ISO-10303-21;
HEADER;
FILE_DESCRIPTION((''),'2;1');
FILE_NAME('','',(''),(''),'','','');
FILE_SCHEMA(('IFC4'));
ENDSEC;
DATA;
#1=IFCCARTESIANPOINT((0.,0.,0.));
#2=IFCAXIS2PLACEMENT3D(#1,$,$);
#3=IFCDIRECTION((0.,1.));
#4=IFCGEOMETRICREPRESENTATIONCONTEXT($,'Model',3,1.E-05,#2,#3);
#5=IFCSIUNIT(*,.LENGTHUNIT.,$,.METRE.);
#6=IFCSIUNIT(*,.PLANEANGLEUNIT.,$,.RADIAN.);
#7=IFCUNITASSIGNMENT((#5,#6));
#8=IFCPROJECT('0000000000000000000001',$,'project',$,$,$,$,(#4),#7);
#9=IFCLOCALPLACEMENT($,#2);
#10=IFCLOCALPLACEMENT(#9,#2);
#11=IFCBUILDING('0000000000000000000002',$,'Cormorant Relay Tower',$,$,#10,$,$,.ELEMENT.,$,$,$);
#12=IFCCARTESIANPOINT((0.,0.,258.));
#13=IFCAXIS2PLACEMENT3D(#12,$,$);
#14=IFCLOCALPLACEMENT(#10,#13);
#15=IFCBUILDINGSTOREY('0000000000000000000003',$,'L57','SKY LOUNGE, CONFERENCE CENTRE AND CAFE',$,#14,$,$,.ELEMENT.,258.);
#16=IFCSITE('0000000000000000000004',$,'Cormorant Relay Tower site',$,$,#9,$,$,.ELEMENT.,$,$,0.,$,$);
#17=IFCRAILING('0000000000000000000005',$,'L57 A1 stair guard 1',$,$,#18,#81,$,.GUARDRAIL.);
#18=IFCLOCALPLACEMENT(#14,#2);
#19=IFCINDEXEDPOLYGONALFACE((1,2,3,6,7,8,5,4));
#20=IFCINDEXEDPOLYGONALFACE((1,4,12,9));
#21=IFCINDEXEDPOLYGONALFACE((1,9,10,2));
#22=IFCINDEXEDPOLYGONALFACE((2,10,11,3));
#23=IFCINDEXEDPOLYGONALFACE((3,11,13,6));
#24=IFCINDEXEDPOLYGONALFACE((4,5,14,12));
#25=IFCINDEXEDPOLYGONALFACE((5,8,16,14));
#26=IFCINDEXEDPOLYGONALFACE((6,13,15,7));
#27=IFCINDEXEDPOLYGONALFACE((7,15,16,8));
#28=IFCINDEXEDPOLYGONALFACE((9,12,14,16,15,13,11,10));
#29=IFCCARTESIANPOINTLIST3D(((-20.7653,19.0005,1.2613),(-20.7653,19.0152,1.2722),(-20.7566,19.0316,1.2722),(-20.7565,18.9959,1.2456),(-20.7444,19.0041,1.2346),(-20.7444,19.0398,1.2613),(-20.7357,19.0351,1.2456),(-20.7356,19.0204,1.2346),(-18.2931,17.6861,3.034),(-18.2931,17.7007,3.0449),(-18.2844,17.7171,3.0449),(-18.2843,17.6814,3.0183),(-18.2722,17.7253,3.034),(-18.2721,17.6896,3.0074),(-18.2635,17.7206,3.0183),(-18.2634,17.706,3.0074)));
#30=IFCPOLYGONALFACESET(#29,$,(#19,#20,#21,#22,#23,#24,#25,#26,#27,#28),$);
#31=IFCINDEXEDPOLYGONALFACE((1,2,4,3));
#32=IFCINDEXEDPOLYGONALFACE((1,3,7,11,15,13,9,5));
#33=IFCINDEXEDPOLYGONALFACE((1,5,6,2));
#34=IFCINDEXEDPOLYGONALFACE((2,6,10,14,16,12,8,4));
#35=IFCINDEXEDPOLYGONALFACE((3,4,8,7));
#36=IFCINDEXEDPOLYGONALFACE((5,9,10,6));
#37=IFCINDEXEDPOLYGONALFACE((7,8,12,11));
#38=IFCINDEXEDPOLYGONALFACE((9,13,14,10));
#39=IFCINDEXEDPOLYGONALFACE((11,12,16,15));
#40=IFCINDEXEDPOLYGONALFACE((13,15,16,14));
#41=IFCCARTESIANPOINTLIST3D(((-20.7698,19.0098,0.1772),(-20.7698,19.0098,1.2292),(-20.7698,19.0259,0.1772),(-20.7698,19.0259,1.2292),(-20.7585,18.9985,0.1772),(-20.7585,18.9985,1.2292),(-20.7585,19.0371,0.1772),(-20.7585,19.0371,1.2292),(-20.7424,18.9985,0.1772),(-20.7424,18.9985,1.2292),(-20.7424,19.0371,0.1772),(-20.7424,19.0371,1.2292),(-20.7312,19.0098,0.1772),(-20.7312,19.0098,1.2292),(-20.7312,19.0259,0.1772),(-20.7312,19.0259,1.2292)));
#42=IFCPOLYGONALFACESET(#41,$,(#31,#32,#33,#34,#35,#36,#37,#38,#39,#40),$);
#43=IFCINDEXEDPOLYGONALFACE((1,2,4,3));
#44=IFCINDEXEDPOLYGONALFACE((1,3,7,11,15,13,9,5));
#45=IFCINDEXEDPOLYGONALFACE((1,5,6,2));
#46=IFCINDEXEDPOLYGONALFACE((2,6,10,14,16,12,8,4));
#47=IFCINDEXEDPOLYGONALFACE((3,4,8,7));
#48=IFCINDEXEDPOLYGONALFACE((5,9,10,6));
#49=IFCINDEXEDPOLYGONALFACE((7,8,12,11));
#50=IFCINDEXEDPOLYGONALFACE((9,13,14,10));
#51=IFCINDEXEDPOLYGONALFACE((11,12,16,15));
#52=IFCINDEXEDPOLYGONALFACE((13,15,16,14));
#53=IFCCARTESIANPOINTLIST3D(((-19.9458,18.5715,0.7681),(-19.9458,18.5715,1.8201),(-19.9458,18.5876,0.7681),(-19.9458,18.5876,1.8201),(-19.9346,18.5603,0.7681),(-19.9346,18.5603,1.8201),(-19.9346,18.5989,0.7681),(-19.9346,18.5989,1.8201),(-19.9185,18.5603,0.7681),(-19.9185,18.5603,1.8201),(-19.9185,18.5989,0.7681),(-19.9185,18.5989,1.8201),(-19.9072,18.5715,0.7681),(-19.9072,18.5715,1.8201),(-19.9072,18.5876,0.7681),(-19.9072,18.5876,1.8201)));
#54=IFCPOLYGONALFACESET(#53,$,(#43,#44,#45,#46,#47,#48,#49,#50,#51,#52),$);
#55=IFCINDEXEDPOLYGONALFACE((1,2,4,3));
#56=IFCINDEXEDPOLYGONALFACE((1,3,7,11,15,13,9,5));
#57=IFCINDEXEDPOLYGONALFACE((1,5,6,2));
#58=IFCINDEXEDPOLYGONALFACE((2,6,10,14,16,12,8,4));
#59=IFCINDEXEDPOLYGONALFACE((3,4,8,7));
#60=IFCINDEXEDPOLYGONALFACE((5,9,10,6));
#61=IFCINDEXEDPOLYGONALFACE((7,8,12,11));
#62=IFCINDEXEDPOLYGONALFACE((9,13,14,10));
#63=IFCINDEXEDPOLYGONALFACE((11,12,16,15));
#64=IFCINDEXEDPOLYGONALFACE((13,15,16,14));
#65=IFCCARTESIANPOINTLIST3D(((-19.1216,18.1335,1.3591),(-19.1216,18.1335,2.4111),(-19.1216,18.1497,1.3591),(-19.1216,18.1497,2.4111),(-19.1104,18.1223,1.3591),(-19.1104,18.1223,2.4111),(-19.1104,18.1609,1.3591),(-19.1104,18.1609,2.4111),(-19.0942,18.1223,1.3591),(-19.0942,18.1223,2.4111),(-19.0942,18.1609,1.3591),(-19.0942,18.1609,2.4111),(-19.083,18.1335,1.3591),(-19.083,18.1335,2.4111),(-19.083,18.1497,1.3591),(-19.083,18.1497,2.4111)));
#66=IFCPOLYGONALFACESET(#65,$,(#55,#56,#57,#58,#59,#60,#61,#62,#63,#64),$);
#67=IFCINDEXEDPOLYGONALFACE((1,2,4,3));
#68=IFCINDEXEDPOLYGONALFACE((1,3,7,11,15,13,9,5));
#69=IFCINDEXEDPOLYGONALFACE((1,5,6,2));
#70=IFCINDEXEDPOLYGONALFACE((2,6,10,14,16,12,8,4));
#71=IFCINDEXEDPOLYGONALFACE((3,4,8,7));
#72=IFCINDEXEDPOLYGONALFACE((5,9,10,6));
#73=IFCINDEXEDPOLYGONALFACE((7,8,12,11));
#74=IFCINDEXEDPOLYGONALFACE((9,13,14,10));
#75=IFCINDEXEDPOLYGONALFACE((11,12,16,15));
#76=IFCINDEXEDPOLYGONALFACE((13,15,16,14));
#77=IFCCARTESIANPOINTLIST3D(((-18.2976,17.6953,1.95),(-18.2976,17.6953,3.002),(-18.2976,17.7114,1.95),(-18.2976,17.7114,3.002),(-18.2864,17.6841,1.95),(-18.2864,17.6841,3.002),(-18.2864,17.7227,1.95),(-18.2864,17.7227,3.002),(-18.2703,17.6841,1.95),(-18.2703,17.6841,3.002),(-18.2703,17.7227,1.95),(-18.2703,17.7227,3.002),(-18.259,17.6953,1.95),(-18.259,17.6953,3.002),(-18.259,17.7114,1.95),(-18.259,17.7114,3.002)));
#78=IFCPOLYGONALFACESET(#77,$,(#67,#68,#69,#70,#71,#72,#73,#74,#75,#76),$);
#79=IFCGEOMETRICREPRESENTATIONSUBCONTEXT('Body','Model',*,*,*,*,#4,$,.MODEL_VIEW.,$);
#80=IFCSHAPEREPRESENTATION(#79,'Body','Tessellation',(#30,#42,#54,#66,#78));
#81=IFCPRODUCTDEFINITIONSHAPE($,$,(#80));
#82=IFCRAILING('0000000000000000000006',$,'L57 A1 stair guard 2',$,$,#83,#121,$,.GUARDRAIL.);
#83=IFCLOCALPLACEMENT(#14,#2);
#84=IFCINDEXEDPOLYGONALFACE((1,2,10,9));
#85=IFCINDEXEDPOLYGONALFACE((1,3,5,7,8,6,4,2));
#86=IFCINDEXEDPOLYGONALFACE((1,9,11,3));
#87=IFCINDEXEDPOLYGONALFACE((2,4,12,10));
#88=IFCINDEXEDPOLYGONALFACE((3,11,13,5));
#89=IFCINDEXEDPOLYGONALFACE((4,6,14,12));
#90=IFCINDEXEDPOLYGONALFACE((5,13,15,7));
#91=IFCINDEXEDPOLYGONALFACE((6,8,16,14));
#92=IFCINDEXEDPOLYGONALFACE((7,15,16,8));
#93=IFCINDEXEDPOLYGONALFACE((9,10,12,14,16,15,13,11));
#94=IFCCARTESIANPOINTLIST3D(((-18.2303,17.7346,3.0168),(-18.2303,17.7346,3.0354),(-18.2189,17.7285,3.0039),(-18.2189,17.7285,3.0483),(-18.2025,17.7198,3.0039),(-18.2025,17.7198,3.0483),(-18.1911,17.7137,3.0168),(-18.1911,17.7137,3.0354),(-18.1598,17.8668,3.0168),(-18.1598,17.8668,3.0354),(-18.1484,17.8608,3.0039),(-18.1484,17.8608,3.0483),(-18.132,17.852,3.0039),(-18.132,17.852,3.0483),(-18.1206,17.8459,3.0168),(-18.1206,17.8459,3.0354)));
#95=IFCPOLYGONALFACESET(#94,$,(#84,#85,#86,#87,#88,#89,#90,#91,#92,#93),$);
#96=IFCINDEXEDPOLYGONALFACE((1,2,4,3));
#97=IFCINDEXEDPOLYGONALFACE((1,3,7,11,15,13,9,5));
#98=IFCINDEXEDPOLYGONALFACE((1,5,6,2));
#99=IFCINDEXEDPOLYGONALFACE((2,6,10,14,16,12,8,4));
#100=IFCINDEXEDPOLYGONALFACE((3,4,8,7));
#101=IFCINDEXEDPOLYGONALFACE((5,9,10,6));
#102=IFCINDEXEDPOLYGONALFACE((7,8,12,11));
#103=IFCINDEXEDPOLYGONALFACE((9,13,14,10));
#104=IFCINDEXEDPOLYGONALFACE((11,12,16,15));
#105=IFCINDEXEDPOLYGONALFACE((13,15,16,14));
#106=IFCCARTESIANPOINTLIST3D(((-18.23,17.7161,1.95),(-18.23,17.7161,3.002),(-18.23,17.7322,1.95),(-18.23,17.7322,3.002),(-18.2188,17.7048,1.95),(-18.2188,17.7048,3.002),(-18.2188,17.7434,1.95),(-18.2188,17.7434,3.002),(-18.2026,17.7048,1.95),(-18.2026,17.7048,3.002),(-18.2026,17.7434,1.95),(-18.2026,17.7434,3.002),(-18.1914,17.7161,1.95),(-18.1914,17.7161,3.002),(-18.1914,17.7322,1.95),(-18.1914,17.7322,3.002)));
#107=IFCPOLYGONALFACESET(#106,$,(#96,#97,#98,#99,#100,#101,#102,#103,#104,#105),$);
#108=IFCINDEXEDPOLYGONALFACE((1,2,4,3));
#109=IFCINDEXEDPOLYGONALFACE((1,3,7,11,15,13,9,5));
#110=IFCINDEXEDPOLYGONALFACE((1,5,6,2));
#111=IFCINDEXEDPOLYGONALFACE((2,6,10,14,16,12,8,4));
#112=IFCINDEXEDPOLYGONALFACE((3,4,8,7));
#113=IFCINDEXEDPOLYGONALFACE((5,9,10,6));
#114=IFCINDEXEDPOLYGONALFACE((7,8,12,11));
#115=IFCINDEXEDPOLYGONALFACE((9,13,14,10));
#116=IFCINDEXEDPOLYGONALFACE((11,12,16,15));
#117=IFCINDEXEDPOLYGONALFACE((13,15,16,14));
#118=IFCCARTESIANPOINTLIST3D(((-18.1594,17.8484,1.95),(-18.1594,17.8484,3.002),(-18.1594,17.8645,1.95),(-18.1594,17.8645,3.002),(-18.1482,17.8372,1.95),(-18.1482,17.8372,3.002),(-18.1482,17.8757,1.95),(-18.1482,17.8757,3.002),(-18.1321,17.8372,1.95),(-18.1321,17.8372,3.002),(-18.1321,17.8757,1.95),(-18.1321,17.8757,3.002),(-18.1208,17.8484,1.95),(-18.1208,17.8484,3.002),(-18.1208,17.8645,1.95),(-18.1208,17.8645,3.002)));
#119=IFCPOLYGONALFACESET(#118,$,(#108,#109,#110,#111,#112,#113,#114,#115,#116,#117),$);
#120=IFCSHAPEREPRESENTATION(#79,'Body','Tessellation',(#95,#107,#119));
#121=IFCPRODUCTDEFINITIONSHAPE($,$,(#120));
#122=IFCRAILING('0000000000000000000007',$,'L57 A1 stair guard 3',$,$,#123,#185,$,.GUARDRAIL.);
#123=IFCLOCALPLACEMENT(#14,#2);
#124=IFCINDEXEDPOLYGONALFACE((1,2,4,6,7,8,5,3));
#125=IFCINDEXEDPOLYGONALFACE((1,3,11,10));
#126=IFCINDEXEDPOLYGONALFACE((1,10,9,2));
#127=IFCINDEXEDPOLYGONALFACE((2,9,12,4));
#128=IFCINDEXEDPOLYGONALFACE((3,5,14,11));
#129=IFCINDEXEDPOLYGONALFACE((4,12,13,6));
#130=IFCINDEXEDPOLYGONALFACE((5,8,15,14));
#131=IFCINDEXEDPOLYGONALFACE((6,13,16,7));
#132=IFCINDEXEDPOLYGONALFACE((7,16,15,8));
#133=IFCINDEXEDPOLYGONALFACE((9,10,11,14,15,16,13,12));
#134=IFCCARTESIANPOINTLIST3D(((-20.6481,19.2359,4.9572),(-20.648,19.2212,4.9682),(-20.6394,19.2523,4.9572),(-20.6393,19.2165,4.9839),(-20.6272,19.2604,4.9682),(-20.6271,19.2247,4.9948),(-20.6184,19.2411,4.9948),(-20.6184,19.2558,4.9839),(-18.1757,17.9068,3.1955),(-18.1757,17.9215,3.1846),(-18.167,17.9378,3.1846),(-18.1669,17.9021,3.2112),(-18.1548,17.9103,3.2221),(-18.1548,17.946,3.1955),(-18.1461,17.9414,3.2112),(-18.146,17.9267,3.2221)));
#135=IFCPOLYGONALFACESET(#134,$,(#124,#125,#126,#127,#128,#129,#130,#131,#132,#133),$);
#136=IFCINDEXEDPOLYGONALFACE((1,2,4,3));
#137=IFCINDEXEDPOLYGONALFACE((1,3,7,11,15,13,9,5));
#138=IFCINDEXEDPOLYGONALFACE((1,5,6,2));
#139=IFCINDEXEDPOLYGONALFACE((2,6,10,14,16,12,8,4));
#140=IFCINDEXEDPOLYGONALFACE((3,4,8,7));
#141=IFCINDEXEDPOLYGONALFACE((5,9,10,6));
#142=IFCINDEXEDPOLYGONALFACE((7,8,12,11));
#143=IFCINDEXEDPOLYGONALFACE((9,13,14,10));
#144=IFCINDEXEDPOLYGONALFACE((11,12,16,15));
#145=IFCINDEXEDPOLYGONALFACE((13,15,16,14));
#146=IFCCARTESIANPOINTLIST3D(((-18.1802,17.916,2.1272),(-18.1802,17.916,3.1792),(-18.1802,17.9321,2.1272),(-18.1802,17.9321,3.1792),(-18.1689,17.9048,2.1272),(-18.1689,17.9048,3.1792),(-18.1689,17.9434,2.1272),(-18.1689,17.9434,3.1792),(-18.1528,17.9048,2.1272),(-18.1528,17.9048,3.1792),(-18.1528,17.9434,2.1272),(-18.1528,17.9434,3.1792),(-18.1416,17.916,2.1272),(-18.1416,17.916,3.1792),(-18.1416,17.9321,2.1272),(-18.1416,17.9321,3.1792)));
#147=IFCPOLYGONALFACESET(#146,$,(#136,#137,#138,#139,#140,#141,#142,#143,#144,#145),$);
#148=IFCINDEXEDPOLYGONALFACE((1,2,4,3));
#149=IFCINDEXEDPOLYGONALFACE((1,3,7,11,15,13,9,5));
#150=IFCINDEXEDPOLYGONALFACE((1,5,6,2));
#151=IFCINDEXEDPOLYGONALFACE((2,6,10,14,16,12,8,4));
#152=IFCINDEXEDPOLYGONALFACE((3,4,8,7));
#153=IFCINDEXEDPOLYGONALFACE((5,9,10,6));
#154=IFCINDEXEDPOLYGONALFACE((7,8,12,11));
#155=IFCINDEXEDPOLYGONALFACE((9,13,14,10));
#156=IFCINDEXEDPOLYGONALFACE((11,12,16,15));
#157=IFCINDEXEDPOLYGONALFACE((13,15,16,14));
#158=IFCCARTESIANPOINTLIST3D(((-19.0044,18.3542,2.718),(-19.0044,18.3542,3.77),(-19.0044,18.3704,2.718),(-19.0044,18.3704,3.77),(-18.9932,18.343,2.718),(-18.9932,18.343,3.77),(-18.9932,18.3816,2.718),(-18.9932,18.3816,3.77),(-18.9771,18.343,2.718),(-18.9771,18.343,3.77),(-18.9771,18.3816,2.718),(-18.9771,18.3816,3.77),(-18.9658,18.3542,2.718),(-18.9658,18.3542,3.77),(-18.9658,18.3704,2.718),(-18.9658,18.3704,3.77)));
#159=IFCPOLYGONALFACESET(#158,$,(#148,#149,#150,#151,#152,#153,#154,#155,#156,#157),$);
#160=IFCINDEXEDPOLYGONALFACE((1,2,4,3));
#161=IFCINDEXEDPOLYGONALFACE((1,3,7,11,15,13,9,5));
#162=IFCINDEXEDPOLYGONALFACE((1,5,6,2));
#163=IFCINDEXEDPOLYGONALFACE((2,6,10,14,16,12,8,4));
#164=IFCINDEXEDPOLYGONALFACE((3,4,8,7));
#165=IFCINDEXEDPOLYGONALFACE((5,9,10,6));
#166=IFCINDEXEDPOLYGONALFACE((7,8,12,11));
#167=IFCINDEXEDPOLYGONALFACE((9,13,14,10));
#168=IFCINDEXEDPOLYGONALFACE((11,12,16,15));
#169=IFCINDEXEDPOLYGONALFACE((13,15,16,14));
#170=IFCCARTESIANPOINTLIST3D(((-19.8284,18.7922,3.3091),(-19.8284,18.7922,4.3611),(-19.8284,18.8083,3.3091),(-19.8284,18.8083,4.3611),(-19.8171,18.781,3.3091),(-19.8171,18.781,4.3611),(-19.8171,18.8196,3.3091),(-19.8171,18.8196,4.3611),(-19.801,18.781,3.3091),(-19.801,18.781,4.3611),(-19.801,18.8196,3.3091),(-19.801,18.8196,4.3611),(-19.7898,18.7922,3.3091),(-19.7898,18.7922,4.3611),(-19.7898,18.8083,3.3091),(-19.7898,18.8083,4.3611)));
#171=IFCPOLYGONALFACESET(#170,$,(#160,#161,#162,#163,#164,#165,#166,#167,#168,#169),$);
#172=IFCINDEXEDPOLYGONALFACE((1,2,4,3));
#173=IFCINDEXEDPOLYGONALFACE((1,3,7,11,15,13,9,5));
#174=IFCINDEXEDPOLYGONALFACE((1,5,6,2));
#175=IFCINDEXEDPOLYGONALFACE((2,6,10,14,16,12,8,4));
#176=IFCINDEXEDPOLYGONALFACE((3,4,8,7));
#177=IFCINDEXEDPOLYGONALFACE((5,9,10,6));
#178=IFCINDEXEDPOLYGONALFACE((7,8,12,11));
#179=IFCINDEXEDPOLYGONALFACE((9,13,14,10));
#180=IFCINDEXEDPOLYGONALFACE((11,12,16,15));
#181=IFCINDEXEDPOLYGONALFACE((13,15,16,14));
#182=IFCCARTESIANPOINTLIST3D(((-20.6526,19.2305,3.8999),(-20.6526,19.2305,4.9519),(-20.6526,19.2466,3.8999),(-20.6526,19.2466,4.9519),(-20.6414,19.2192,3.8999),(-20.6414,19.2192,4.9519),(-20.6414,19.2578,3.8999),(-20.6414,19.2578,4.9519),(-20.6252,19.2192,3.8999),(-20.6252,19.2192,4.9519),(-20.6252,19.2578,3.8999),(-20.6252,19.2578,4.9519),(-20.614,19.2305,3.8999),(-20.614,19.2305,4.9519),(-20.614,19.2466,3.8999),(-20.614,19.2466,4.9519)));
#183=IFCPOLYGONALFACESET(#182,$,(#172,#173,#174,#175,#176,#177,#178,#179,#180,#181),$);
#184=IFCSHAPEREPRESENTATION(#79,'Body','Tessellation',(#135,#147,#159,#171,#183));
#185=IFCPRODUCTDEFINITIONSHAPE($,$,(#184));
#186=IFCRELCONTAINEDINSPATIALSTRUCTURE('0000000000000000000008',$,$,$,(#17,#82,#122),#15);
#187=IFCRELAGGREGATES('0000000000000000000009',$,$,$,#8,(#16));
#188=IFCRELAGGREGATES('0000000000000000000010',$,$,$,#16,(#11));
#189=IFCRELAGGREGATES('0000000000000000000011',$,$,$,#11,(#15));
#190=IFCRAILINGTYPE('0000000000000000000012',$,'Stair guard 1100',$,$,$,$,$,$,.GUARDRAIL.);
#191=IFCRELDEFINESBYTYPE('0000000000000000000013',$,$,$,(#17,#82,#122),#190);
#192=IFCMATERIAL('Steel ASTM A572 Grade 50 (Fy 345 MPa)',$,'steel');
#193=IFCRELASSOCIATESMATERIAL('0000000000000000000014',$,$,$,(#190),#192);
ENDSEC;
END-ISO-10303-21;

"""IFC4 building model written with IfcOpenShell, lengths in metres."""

from ifc_helpers import new_model, si_unit, direction, frame, origin, place, context, subcontext, project, spatial, polyline, outline, extrude, material, type_object, element, save


model = new_model("IFC4")

# Units and contexts
model_context = context("Model", 3, precision=1e-05, world=origin(), true_north=direction((0.0, 1.0)))
body_context = subcontext(model_context, "Body", "Model", "MODEL_VIEW")
ifc_project = project(units=[si_unit("LENGTHUNIT", "METRE"), si_unit("PLANEANGLEUNIT", "RADIAN")], contexts=[model_context])

# Site, building, storey
site_placement = place(None, origin())
site = spatial("IfcSite", under=ifc_project, at=site_placement, Name="Cormorant Relay Tower site", CompositionType="ELEMENT", RefElevation=0.0)
building_placement = place(site_placement, origin())
building = spatial("IfcBuilding", under=site, at=building_placement, Name="Cormorant Relay Tower", CompositionType="ELEMENT")
storey_placement = place(building_placement, frame((0.0, 0.0, 258.0)))
storey = spatial("IfcBuildingStorey", under=building, at=storey_placement, Name="L57", Description="SKY LOUNGE, CONFERENCE CENTRE AND CAFE", CompositionType="ELEMENT", Elevation=258.0)

# Railings
ifc_material_1 = material(Name="Steel ASTM A572 Grade 50 (Fy 345 MPa)", Category="steel")
railing_type_1 = type_object("IfcRailingType", Name="Stair guard 1100", PredefinedType="GUARDRAIL", material=ifc_material_1)
railing_1_placement = place(storey_placement, frame((-20.7505, 19.0178, 0.1772)))
element("IfcRailing", 1, at=railing_1_placement, inside=storey, type_object=railing_type_1, Name="L57 A1 stair guard 1", PredefinedType="GUARDRAIL", context=body_context, shape_type="SweptSolid", body=[
    extrude(outline(polyline([(0.0222, 0.0093), (0.0093, 0.0222), (-0.0093, 0.0222), (-0.0222, 0.0093), (-0.0222, -0.0093), (-0.0093, -0.0222), (0.0093, -0.0222), (0.0222, -0.0093), (0.0222, 0.0093)])), frame((0.0, 0.0, 1.0762), z_axis=(0.746001, -0.396649, 0.534931), x_axis=(0.469465, 0.882951, 0.0)), (0.0, 0.0, 1.0), 3.314),
    extrude(outline(polyline([(0.0193, 0.0081), (0.0081, 0.0193), (-0.0081, 0.0193), (-0.0193, 0.0081), (-0.0193, -0.0081), (-0.0081, -0.0193), (0.0081, -0.0193), (0.0193, -0.0081), (0.0193, 0.0081)])), origin(), (0.0, 0.0, 1.0), 1.052),
    extrude(outline(polyline([(0.0193, 0.0081), (0.0081, 0.0193), (-0.0081, 0.0193), (-0.0193, 0.0081), (-0.0193, -0.0081), (-0.0081, -0.0193), (0.0081, -0.0193), (0.0193, -0.0081), (0.0193, 0.0081)])), frame((0.824, -0.4382, 0.5908)), (0.0, 0.0, 1.0), 1.052),
    extrude(outline(polyline([(0.0193, 0.0081), (0.0081, 0.0193), (-0.0081, 0.0193), (-0.0193, 0.0081), (-0.0193, -0.0081), (-0.0081, -0.0193), (0.0081, -0.0193), (0.0193, -0.0081), (0.0193, 0.0081)])), frame((1.6482, -0.8762, 1.1819)), (0.0, 0.0, 1.0), 1.052),
    extrude(outline(polyline([(0.0193, 0.0081), (0.0081, 0.0193), (-0.0081, 0.0193), (-0.0193, 0.0081), (-0.0193, -0.0081), (-0.0081, -0.0193), (0.0081, -0.0193), (0.0193, -0.0081), (0.0193, 0.0081)])), frame((2.4722, -1.3145, 1.7727)), (0.0, 0.0, 1.0), 1.052),
])
railing_2_placement = place(storey_placement, frame((-18.2107, 17.7241, 1.95)))
element("IfcRailing", 2, at=railing_2_placement, inside=storey, type_object=railing_type_1, Name="L57 A1 stair guard 2", PredefinedType="GUARDRAIL", context=body_context, shape_type="SweptSolid", body=[
    extrude(outline(polyline([(0.0222, 0.0093), (0.0093, 0.0222), (-0.0093, 0.0222), (-0.0222, 0.0093), (-0.0222, -0.0093), (-0.0093, -0.0222), (0.0093, -0.0222), (0.0222, -0.0093), (0.0222, 0.0093)])), frame((0.0, 0.0, 1.0762), z_axis=(0.470504, 0.882398, 0.0), x_axis=(-0.882398, 0.470504, 0.0)), (0.0, 0.0, 1.0), 0.1499),
    extrude(outline(polyline([(0.0193, 0.0081), (0.0081, 0.0193), (-0.0081, 0.0193), (-0.0193, 0.0081), (-0.0193, -0.0081), (-0.0081, -0.0193), (0.0081, -0.0193), (0.0193, -0.0081), (0.0193, 0.0081)])), origin(), (0.0, 0.0, 1.0), 1.052),
    extrude(outline(polyline([(0.0193, 0.0081), (0.0081, 0.0193), (-0.0081, 0.0193), (-0.0193, 0.0081), (-0.0193, -0.0081), (-0.0081, -0.0193), (0.0081, -0.0193), (0.0193, -0.0081), (0.0193, 0.0081)])), frame((0.0706, 0.1323, 0.0)), (0.0, 0.0, 1.0), 1.052),
])
railing_3_placement = place(storey_placement, frame((-18.1609, 17.9241, 2.1272)))
element("IfcRailing", 3, at=railing_3_placement, inside=storey, type_object=railing_type_1, Name="L57 A1 stair guard 3", PredefinedType="GUARDRAIL", context=body_context, shape_type="SweptSolid", body=[
    extrude(outline(polyline([(0.0222, 0.0093), (0.0093, 0.0222), (-0.0093, 0.0222), (-0.0222, 0.0093), (-0.0222, -0.0093), (-0.0093, -0.0222), (0.0093, -0.0222), (0.0222, -0.0093), (0.0222, 0.0093)])), frame((0.0, 0.0, 1.0762), z_axis=(-0.746034, 0.396627, 0.534902), x_axis=(-0.469429, -0.88297, 0.0)), (0.0, 0.0, 1.0), 3.314),
    extrude(outline(polyline([(0.0193, 0.0081), (0.0081, 0.0193), (-0.0081, 0.0193), (-0.0193, 0.0081), (-0.0193, -0.0081), (-0.0081, -0.0193), (0.0081, -0.0193), (0.0193, -0.0081), (0.0193, 0.0081)])), origin(), (0.0, 0.0, 1.0), 1.052),
    extrude(outline(polyline([(0.0193, 0.0081), (0.0081, 0.0193), (-0.0081, 0.0193), (-0.0193, 0.0081), (-0.0193, -0.0081), (-0.0081, -0.0193), (0.0081, -0.0193), (0.0193, -0.0081), (0.0193, 0.0081)])), frame((-0.8242, 0.4382, 0.5908)), (0.0, 0.0, 1.0), 1.052),
    extrude(outline(polyline([(0.0193, 0.0081), (0.0081, 0.0193), (-0.0081, 0.0193), (-0.0193, 0.0081), (-0.0193, -0.0081), (-0.0081, -0.0193), (0.0081, -0.0193), (0.0193, -0.0081), (0.0193, 0.0081)])), frame((-1.6482, 0.8762, 1.1819)), (0.0, 0.0, 1.0), 1.052),
    extrude(outline(polyline([(0.0193, 0.0081), (0.0081, 0.0193), (-0.0081, 0.0193), (-0.0193, 0.0081), (-0.0193, -0.0081), (-0.0081, -0.0193), (0.0081, -0.0193), (0.0193, -0.0081), (0.0193, 0.0081)])), frame((-2.4724, 1.3145, 1.7727)), (0.0, 0.0, 1.0), 1.052),
])

save(model, "model.ifc")
